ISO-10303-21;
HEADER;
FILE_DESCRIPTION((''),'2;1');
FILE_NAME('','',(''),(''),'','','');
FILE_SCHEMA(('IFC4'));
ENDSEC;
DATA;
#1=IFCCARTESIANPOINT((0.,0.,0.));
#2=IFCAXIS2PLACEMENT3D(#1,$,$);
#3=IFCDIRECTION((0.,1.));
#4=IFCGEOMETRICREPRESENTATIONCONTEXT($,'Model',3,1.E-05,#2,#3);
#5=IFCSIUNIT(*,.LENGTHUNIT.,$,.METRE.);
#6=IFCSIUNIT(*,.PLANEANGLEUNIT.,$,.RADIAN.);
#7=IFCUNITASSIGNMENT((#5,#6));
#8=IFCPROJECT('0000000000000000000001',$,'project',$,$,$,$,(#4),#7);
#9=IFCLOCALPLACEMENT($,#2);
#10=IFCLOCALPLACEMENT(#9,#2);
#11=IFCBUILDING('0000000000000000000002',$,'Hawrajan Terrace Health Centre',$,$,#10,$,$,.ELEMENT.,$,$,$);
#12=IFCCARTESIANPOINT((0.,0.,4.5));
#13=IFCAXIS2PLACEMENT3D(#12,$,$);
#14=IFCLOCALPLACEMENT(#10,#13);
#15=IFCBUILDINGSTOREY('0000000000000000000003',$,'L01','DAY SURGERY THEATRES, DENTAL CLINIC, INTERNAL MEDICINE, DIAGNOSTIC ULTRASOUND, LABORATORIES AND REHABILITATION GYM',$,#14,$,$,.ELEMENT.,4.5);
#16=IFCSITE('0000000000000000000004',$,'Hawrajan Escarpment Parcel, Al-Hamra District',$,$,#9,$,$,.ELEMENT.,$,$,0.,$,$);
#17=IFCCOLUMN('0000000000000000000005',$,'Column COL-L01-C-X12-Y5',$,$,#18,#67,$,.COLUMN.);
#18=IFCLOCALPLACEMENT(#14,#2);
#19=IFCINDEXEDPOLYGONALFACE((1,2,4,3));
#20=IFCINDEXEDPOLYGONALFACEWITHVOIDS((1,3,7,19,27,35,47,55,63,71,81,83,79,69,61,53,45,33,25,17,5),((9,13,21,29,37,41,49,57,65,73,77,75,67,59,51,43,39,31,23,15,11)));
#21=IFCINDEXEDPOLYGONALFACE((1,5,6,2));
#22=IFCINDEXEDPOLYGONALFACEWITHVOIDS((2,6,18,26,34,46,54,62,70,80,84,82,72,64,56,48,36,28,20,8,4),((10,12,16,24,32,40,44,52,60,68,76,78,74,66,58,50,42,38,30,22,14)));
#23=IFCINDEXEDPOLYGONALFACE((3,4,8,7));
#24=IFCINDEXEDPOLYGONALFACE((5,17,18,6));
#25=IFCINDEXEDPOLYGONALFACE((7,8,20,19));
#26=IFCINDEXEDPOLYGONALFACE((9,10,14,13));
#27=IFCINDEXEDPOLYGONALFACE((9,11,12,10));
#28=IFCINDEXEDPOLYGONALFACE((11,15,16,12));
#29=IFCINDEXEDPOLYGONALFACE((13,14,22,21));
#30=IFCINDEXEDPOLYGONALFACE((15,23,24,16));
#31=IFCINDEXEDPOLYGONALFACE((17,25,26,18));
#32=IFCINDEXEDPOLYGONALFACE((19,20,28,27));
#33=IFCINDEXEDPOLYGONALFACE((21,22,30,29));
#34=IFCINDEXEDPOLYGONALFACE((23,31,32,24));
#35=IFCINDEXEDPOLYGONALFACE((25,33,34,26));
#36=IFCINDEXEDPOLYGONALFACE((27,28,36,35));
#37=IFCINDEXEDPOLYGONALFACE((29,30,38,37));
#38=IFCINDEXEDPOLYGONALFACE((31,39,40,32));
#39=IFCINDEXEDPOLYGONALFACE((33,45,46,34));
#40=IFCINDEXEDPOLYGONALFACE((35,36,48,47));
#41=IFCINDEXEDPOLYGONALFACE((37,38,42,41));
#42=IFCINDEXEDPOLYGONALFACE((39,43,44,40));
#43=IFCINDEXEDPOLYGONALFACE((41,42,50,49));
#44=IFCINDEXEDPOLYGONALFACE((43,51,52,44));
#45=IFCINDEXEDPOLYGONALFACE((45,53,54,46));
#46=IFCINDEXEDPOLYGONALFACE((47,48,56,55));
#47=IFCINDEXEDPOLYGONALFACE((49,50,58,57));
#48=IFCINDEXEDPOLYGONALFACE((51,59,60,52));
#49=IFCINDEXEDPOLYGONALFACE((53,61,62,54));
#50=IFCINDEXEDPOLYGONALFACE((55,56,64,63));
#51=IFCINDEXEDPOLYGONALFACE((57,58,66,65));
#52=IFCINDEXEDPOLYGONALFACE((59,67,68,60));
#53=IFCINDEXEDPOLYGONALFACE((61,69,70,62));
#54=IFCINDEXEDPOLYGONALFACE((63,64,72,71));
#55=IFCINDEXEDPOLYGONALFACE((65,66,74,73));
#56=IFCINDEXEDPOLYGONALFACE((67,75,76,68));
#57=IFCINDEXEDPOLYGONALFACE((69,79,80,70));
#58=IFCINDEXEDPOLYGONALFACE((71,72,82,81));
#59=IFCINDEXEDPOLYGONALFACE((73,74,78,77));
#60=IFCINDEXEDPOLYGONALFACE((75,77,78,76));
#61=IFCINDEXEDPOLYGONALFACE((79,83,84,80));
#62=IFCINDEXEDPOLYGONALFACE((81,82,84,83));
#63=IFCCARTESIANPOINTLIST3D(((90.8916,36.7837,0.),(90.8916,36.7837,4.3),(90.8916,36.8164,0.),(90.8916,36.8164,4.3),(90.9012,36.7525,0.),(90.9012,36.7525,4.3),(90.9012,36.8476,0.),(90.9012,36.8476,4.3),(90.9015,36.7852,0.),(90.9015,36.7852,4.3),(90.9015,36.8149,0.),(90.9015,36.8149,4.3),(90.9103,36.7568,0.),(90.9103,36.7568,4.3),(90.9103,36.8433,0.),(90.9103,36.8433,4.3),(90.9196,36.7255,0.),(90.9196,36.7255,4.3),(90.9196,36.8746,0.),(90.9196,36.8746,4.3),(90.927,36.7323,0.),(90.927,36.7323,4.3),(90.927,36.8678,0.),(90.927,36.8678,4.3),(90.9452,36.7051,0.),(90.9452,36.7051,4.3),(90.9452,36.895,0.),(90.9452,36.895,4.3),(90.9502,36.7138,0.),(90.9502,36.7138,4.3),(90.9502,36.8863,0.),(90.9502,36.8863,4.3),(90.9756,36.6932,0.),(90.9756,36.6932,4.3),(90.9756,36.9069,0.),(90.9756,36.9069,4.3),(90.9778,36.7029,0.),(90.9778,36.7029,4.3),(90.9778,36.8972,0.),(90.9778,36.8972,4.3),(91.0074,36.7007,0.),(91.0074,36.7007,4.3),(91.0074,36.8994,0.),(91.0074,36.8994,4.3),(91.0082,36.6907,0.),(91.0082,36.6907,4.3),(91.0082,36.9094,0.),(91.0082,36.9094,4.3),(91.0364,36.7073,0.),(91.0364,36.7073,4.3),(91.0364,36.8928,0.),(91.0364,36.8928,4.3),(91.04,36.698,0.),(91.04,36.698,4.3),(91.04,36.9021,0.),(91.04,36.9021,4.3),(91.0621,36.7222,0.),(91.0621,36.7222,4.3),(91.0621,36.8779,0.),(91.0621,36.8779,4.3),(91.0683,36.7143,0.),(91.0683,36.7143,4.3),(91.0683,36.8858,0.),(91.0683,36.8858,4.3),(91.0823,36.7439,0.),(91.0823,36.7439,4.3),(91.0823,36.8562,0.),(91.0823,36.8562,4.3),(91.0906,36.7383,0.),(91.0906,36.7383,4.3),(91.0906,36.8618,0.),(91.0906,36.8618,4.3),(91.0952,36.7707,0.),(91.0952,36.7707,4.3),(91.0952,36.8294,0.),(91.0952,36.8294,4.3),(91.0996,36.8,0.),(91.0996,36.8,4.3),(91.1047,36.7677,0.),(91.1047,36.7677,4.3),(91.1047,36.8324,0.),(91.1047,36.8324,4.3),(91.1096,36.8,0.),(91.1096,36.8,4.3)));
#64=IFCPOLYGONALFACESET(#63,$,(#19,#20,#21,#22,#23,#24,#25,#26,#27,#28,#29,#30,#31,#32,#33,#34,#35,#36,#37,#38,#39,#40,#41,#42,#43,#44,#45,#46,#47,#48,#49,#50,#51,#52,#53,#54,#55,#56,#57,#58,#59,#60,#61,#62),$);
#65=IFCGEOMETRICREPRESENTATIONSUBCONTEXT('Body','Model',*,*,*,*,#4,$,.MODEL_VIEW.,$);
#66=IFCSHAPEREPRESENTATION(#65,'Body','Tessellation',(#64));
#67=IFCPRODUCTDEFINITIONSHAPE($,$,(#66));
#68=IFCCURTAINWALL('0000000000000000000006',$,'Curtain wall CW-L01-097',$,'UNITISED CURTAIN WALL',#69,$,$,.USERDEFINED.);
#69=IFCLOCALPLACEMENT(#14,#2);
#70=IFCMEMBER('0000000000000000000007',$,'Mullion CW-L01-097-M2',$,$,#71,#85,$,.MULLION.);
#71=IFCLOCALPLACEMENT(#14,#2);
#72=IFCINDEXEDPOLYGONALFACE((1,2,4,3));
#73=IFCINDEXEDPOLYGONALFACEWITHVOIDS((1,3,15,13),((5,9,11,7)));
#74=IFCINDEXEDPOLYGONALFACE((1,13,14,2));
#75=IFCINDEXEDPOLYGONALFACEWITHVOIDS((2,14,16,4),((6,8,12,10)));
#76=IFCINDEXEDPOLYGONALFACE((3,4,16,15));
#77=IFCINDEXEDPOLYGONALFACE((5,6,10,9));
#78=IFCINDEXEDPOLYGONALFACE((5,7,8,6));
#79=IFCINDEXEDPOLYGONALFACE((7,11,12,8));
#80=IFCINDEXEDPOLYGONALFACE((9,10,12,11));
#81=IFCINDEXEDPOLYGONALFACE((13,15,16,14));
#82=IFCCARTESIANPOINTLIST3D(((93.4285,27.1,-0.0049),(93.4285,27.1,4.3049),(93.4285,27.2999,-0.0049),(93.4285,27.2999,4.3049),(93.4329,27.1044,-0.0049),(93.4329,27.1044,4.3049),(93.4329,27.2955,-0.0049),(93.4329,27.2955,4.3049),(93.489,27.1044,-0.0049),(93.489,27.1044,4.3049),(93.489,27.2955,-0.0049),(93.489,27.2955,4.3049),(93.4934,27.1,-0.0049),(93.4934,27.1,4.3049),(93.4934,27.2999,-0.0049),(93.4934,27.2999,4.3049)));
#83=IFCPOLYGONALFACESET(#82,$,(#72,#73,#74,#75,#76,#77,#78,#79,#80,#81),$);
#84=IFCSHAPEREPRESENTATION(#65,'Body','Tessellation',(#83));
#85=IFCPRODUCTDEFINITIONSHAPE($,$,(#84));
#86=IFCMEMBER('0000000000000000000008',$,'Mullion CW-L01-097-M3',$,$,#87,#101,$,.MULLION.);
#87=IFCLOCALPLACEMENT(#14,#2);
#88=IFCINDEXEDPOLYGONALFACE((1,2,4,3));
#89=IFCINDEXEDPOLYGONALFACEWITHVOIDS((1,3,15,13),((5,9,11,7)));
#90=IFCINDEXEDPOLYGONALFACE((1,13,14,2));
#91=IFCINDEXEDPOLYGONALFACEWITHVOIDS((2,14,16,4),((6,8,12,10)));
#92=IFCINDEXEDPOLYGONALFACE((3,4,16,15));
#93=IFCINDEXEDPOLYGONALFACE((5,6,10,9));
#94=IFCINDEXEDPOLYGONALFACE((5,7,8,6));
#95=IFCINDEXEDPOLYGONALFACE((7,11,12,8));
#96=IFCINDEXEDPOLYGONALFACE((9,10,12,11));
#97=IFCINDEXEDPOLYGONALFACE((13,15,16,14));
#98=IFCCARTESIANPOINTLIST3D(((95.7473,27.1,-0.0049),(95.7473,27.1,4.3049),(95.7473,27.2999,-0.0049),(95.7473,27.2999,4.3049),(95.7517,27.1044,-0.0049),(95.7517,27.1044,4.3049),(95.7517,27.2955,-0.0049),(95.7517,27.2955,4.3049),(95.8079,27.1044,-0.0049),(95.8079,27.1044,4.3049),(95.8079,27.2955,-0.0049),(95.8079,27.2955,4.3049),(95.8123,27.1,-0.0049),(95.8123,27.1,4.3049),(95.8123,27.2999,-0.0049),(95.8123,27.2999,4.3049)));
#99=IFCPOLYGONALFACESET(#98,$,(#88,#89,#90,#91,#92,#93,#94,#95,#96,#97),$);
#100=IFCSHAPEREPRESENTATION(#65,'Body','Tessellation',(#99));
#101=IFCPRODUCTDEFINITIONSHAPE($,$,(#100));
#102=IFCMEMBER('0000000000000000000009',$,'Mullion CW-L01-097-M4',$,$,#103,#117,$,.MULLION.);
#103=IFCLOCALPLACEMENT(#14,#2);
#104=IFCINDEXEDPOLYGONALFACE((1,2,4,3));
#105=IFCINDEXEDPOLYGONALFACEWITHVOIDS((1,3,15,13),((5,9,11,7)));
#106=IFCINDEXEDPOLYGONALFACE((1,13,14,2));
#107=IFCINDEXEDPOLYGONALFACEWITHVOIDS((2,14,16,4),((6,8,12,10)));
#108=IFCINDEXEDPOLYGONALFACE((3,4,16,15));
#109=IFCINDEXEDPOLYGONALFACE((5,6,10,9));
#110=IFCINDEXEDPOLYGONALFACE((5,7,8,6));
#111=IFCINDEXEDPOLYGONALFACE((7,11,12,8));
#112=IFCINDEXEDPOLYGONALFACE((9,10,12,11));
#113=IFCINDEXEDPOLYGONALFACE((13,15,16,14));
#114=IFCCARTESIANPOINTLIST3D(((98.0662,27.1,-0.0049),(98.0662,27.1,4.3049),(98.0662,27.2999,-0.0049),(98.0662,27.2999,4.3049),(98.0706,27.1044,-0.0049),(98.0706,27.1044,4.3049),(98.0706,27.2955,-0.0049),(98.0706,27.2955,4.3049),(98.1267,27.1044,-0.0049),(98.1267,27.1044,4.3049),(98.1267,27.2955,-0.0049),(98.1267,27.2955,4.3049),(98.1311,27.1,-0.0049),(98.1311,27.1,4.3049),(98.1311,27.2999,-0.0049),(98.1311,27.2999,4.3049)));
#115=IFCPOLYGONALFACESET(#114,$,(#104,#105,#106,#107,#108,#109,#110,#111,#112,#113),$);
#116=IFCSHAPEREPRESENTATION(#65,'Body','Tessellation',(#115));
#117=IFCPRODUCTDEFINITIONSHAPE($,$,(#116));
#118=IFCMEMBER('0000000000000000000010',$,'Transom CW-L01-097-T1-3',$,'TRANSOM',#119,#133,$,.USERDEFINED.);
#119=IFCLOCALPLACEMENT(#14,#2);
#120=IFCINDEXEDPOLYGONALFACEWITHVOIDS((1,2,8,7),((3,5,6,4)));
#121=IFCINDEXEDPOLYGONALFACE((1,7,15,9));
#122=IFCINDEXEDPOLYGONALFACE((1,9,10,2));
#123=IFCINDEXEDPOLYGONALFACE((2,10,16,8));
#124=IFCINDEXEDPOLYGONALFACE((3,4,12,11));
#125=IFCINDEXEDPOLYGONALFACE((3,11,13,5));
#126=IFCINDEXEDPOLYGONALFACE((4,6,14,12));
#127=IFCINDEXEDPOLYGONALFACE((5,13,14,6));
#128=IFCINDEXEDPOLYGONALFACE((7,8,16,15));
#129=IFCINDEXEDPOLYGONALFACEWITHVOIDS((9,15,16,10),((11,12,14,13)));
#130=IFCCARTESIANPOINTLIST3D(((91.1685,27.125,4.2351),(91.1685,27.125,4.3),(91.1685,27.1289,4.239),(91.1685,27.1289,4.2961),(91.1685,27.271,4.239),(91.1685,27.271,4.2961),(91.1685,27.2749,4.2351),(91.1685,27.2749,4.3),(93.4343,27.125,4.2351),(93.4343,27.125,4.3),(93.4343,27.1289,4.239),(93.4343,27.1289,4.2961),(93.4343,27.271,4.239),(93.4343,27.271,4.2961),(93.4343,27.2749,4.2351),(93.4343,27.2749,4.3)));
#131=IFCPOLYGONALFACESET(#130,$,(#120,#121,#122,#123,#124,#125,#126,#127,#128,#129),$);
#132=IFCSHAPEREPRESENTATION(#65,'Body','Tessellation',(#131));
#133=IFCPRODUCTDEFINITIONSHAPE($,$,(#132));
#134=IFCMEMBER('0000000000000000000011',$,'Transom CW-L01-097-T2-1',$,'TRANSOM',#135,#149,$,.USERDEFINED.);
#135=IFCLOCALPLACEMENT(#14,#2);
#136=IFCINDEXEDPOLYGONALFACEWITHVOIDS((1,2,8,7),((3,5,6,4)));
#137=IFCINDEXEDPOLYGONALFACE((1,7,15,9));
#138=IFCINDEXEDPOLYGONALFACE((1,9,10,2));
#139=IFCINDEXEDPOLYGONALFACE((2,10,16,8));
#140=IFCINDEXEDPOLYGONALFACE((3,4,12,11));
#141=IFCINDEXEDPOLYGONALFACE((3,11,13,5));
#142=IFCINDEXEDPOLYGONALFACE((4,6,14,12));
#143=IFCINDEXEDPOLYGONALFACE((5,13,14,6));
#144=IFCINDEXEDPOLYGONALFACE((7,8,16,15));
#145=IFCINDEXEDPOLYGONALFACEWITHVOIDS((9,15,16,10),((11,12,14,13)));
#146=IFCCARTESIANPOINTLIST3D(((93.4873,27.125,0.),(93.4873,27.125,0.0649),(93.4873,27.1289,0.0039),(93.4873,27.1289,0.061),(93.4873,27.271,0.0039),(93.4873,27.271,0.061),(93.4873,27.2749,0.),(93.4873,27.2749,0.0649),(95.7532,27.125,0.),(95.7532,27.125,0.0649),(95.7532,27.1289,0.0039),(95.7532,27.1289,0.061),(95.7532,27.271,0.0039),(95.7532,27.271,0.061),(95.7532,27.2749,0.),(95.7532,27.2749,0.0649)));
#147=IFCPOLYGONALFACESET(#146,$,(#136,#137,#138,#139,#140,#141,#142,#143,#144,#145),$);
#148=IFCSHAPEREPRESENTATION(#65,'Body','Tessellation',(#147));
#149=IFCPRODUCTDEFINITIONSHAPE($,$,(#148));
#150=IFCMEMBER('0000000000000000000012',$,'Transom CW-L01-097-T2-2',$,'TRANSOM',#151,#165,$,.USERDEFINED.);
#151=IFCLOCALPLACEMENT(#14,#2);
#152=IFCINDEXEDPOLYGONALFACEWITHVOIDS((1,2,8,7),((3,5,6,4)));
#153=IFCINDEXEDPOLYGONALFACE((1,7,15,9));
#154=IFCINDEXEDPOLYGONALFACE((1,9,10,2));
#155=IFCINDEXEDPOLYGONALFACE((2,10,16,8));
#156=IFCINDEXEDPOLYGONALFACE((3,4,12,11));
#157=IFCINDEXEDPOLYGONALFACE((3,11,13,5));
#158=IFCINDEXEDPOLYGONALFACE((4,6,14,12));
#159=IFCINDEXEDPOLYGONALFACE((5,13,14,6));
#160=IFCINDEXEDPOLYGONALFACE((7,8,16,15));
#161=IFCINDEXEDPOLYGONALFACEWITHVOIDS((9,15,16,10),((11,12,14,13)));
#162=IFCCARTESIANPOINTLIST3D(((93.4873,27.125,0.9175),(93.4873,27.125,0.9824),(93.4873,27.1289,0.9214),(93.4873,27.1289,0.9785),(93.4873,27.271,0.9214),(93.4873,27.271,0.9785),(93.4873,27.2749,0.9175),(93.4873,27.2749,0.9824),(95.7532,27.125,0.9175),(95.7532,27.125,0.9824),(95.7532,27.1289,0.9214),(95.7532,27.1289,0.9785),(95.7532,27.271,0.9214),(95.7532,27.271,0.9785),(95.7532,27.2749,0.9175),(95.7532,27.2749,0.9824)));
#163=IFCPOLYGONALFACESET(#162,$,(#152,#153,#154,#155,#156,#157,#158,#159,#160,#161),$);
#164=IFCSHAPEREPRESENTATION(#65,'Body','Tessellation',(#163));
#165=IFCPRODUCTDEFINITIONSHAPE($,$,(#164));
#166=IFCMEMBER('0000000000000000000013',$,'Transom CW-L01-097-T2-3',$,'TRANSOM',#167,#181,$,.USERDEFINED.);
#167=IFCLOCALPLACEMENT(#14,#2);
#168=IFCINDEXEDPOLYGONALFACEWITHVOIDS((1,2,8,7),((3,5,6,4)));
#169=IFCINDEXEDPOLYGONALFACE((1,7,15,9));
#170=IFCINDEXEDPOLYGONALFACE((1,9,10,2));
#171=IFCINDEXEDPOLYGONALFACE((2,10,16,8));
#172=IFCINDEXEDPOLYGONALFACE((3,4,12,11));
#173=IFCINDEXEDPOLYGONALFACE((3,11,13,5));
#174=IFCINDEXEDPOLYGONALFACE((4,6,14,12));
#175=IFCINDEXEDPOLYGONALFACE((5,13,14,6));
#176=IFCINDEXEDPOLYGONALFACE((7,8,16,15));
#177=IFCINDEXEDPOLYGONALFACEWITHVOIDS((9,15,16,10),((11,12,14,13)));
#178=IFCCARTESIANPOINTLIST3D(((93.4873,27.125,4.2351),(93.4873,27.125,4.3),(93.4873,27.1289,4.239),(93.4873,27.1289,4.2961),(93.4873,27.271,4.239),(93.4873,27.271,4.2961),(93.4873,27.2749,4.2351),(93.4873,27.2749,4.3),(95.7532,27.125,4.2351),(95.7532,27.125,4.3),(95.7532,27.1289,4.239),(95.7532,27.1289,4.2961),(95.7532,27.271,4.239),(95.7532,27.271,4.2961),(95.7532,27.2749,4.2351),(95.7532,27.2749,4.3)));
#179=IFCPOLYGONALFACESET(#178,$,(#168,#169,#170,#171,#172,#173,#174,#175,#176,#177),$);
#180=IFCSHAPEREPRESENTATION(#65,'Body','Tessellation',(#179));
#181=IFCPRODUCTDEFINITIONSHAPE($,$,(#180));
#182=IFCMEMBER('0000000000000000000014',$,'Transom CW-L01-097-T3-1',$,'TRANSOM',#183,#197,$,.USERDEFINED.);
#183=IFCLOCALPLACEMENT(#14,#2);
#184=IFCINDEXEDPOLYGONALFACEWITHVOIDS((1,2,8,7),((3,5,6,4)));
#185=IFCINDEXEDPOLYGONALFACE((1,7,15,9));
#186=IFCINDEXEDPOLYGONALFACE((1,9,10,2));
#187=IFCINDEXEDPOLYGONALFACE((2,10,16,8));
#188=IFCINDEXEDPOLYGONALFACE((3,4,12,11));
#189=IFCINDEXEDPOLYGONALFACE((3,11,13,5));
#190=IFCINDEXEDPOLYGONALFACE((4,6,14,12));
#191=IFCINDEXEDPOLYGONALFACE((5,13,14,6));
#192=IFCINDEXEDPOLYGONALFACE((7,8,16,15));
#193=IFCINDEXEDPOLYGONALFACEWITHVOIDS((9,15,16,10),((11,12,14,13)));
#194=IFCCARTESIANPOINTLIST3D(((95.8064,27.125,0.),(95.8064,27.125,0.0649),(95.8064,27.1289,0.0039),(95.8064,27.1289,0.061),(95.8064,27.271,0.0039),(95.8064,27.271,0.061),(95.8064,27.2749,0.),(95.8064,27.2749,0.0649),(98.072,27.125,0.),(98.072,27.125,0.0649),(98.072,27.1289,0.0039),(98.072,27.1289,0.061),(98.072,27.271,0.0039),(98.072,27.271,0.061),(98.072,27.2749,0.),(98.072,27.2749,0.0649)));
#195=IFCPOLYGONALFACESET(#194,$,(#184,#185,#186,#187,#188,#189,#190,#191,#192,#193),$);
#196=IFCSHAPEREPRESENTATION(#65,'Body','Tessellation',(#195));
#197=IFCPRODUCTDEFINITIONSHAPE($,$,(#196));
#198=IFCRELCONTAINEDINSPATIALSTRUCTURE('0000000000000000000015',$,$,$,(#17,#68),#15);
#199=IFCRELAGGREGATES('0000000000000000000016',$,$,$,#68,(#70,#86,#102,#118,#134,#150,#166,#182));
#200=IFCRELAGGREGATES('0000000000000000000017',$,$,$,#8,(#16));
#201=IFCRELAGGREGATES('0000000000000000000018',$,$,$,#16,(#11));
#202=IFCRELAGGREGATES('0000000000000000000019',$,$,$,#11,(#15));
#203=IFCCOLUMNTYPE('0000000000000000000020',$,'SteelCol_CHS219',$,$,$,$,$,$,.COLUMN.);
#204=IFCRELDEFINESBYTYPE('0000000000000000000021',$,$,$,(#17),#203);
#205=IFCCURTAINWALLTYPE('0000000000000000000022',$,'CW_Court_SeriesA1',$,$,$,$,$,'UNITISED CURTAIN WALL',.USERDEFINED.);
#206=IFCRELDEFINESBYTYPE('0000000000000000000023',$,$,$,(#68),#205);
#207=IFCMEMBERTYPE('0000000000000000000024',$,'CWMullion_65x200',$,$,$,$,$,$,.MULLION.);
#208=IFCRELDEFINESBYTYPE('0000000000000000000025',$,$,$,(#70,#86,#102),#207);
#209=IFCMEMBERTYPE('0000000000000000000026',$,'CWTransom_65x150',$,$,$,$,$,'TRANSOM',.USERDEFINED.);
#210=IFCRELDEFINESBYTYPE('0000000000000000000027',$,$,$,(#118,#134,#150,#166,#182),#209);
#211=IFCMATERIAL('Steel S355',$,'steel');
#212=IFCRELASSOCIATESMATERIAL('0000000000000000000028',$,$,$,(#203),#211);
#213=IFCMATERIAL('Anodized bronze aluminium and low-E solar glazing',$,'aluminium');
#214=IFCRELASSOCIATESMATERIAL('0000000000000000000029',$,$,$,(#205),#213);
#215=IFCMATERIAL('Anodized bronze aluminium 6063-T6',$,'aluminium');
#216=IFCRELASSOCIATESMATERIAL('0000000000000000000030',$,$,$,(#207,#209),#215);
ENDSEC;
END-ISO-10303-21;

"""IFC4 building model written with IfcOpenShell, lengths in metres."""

from ifc_helpers import new_model, si_unit, direction, frame, origin, origin_2d, place, context, subcontext, project, spatial, hollow_rectangle, hollow_circle, extrude, material, material_profile, profile_set, type_object, element, aggregate, save


model = new_model("IFC4")

# Units and contexts
model_context = context("Model", 3, precision=1e-05, world=origin(), true_north=direction((0.0, 1.0)))
body_context = subcontext(model_context, "Body", "Model", "MODEL_VIEW")
ifc_project = project(units=[si_unit("LENGTHUNIT", "METRE"), si_unit("PLANEANGLEUNIT", "RADIAN")], contexts=[model_context])

# Site, building, storey
site_placement = place(None, origin())
site = spatial("IfcSite", under=ifc_project, at=site_placement, Name="Hawrajan Escarpment Parcel, Al-Hamra District", CompositionType="ELEMENT", RefElevation=0.0)
building_placement = place(site_placement, origin())
building = spatial("IfcBuilding", under=site, at=building_placement, Name="Hawrajan Terrace Health Centre", CompositionType="ELEMENT")
storey_placement = place(building_placement, frame((0.0, 0.0, 4.5)))
storey = spatial("IfcBuildingStorey", under=building, at=storey_placement, Name="L01", Description="DAY SURGERY THEATRES, DENTAL CLINIC, INTERNAL MEDICINE, DIAGNOSTIC ULTRASOUND, LABORATORIES AND REHABILITATION GYM", CompositionType="ELEMENT", Elevation=4.5)

# Column
ifc_material_1 = material(Name="Steel S355", Category="steel")
ifc_material_profile_1 = material_profile(ifc_material_1, hollow_circle(Radius=0.1096, WallThickness=0.01, at=origin_2d()), Name="CHS 219.1x10.0")
ifc_profile_set_1 = profile_set([ifc_material_profile_1], Name="Steel S355")
column_type = type_object("IfcColumnType", Name="SteelCol_CHS219", PredefinedType="COLUMN", material=ifc_profile_set_1)
column_placement = place(storey_placement, frame((91.0, 36.8, 0.0), z_axis=(0.0, 0.0, 1.0), x_axis=(1.0, 0.0, 0.0)))
element("IfcColumn", 1, at=column_placement, inside=storey, type_object=column_type, Name="Column COL-L01-C-X12-Y5", PredefinedType="COLUMN", context=body_context, shape_type="SweptSolid", body=[
    extrude(hollow_circle(Radius=0.1096, WallThickness=0.01, at=origin_2d()), origin(), (0.0, 0.0, 1.0), 4.3),
])

# Curtain wall, members
ifc_material_2 = material(Name="Anodized bronze aluminium and low-E solar glazing", Category="aluminium")
curtain_wall_type = type_object("IfcCurtainWallType", Name="CW_Court_SeriesA1", ElementType="UNITISED CURTAIN WALL", PredefinedType="USERDEFINED", material=ifc_material_2)
curtain_wall_placement = place(storey_placement, origin())
curtain_wall = element("IfcCurtainWall", 2, at=curtain_wall_placement, inside=storey, type_object=curtain_wall_type, Name="Curtain wall CW-L01-097", ObjectType="UNITISED CURTAIN WALL", PredefinedType="USERDEFINED")
ifc_material_3 = material(Name="Anodized bronze aluminium 6063-T6", Category="aluminium")
ifc_material_profile_2 = material_profile(ifc_material_3, hollow_rectangle(XDim=0.0649, YDim=0.2, WallThickness=0.0044, at=origin_2d()), Name="CW MUL 65x200")
ifc_profile_set_2 = profile_set([ifc_material_profile_2], Name="Anodized bronze aluminium 6063-T6")
member_type_1 = type_object("IfcMemberType", Name="CWMullion_65x200", PredefinedType="MULLION", material=ifc_profile_set_2)
member_1_placement = place(storey_placement, frame((93.4609, 27.2, -0.0049), z_axis=(0.0, 0.0, 1.0), x_axis=(1.0, 0.0, 0.0)))
member_1 = element("IfcMember", 3, at=member_1_placement, type_object=member_type_1, Name="Mullion CW-L01-097-M2", PredefinedType="MULLION", context=body_context, shape_type="SweptSolid", body=[
    extrude(hollow_rectangle(XDim=0.0649, YDim=0.2, WallThickness=0.0044, at=origin_2d()), origin(), (0.0, 0.0, 1.0), 4.3098),
])
member_2_placement = place(storey_placement, frame((95.7798, 27.2, -0.0049), z_axis=(0.0, 0.0, 1.0), x_axis=(1.0, 0.0, 0.0)))
member_2 = element("IfcMember", 4, at=member_2_placement, type_object=member_type_1, Name="Mullion CW-L01-097-M3", PredefinedType="MULLION", context=body_context, shape_type="SweptSolid", body=[
    extrude(hollow_rectangle(XDim=0.0649, YDim=0.2, WallThickness=0.0044, at=origin_2d()), origin(), (0.0, 0.0, 1.0), 4.3098),
])
member_3_placement = place(storey_placement, frame((98.0986, 27.2, -0.0049), z_axis=(0.0, 0.0, 1.0), x_axis=(1.0, 0.0, 0.0)))
member_3 = element("IfcMember", 5, at=member_3_placement, type_object=member_type_1, Name="Mullion CW-L01-097-M4", PredefinedType="MULLION", context=body_context, shape_type="SweptSolid", body=[
    extrude(hollow_rectangle(XDim=0.0649, YDim=0.2, WallThickness=0.0044, at=origin_2d()), origin(), (0.0, 0.0, 1.0), 4.3098),
])
ifc_material_profile_3 = material_profile(ifc_material_3, hollow_rectangle(XDim=0.0649, YDim=0.1499, WallThickness=0.0039, at=origin_2d()), Name="CW TRN 65x150")
ifc_profile_set_3 = profile_set([ifc_material_profile_3], Name="Anodized bronze aluminium 6063-T6")
member_type_2 = type_object("IfcMemberType", Name="CWTransom_65x150", ElementType="TRANSOM", PredefinedType="USERDEFINED", material=ifc_profile_set_3)
member_4_placement = place(storey_placement, frame((91.1685, 27.2, 4.2676), z_axis=(1.0, 0.0, 0.0), x_axis=(0.0, 0.0, 1.0)))
member_4 = element("IfcMember", 6, at=member_4_placement, type_object=member_type_2, Name="Transom CW-L01-097-T1-3", ObjectType="TRANSOM", PredefinedType="USERDEFINED", context=body_context, shape_type="SweptSolid", body=[
    extrude(hollow_rectangle(XDim=0.0649, YDim=0.1499, WallThickness=0.0039, at=origin_2d()), origin(), (0.0, 0.0, 1.0), 2.2659),
])
member_5_placement = place(storey_placement, frame((93.4873, 27.2, 0.0325), z_axis=(1.0, 0.0, 0.0), x_axis=(0.0, 0.0, 1.0)))
member_5 = element("IfcMember", 7, at=member_5_placement, type_object=member_type_2, Name="Transom CW-L01-097-T2-1", ObjectType="TRANSOM", PredefinedType="USERDEFINED", context=body_context, shape_type="SweptSolid", body=[
    extrude(hollow_rectangle(XDim=0.0649, YDim=0.1499, WallThickness=0.0039, at=origin_2d()), origin(), (0.0, 0.0, 1.0), 2.2659),
])
member_6_placement = place(storey_placement, frame((93.4873, 27.2, 0.95), z_axis=(1.0, 0.0, 0.0), x_axis=(0.0, 0.0, 1.0)))
member_6 = element("IfcMember", 8, at=member_6_placement, type_object=member_type_2, Name="Transom CW-L01-097-T2-2", ObjectType="TRANSOM", PredefinedType="USERDEFINED", context=body_context, shape_type="SweptSolid", body=[
    extrude(hollow_rectangle(XDim=0.0649, YDim=0.1499, WallThickness=0.0039, at=origin_2d()), origin(), (0.0, 0.0, 1.0), 2.2659),
])
member_7_placement = place(storey_placement, frame((93.4873, 27.2, 4.2676), z_axis=(1.0, 0.0, 0.0), x_axis=(0.0, 0.0, 1.0)))
member_7 = element("IfcMember", 9, at=member_7_placement, type_object=member_type_2, Name="Transom CW-L01-097-T2-3", ObjectType="TRANSOM", PredefinedType="USERDEFINED", context=body_context, shape_type="SweptSolid", body=[
    extrude(hollow_rectangle(XDim=0.0649, YDim=0.1499, WallThickness=0.0039, at=origin_2d()), origin(), (0.0, 0.0, 1.0), 2.2659),
])
member_8_placement = place(storey_placement, frame((95.8064, 27.2, 0.0325), z_axis=(1.0, 0.0, 0.0), x_axis=(0.0, 0.0, 1.0)))
member_8 = element("IfcMember", 10, at=member_8_placement, type_object=member_type_2, Name="Transom CW-L01-097-T3-1", ObjectType="TRANSOM", PredefinedType="USERDEFINED", context=body_context, shape_type="SweptSolid", body=[
    extrude(hollow_rectangle(XDim=0.0649, YDim=0.1499, WallThickness=0.0039, at=origin_2d()), origin(), (0.0, 0.0, 1.0), 2.2656),
])

aggregate(curtain_wall, [member_1, member_2, member_3, member_4, member_5, member_6, member_7, member_8])

save(model, "model.ifc")
